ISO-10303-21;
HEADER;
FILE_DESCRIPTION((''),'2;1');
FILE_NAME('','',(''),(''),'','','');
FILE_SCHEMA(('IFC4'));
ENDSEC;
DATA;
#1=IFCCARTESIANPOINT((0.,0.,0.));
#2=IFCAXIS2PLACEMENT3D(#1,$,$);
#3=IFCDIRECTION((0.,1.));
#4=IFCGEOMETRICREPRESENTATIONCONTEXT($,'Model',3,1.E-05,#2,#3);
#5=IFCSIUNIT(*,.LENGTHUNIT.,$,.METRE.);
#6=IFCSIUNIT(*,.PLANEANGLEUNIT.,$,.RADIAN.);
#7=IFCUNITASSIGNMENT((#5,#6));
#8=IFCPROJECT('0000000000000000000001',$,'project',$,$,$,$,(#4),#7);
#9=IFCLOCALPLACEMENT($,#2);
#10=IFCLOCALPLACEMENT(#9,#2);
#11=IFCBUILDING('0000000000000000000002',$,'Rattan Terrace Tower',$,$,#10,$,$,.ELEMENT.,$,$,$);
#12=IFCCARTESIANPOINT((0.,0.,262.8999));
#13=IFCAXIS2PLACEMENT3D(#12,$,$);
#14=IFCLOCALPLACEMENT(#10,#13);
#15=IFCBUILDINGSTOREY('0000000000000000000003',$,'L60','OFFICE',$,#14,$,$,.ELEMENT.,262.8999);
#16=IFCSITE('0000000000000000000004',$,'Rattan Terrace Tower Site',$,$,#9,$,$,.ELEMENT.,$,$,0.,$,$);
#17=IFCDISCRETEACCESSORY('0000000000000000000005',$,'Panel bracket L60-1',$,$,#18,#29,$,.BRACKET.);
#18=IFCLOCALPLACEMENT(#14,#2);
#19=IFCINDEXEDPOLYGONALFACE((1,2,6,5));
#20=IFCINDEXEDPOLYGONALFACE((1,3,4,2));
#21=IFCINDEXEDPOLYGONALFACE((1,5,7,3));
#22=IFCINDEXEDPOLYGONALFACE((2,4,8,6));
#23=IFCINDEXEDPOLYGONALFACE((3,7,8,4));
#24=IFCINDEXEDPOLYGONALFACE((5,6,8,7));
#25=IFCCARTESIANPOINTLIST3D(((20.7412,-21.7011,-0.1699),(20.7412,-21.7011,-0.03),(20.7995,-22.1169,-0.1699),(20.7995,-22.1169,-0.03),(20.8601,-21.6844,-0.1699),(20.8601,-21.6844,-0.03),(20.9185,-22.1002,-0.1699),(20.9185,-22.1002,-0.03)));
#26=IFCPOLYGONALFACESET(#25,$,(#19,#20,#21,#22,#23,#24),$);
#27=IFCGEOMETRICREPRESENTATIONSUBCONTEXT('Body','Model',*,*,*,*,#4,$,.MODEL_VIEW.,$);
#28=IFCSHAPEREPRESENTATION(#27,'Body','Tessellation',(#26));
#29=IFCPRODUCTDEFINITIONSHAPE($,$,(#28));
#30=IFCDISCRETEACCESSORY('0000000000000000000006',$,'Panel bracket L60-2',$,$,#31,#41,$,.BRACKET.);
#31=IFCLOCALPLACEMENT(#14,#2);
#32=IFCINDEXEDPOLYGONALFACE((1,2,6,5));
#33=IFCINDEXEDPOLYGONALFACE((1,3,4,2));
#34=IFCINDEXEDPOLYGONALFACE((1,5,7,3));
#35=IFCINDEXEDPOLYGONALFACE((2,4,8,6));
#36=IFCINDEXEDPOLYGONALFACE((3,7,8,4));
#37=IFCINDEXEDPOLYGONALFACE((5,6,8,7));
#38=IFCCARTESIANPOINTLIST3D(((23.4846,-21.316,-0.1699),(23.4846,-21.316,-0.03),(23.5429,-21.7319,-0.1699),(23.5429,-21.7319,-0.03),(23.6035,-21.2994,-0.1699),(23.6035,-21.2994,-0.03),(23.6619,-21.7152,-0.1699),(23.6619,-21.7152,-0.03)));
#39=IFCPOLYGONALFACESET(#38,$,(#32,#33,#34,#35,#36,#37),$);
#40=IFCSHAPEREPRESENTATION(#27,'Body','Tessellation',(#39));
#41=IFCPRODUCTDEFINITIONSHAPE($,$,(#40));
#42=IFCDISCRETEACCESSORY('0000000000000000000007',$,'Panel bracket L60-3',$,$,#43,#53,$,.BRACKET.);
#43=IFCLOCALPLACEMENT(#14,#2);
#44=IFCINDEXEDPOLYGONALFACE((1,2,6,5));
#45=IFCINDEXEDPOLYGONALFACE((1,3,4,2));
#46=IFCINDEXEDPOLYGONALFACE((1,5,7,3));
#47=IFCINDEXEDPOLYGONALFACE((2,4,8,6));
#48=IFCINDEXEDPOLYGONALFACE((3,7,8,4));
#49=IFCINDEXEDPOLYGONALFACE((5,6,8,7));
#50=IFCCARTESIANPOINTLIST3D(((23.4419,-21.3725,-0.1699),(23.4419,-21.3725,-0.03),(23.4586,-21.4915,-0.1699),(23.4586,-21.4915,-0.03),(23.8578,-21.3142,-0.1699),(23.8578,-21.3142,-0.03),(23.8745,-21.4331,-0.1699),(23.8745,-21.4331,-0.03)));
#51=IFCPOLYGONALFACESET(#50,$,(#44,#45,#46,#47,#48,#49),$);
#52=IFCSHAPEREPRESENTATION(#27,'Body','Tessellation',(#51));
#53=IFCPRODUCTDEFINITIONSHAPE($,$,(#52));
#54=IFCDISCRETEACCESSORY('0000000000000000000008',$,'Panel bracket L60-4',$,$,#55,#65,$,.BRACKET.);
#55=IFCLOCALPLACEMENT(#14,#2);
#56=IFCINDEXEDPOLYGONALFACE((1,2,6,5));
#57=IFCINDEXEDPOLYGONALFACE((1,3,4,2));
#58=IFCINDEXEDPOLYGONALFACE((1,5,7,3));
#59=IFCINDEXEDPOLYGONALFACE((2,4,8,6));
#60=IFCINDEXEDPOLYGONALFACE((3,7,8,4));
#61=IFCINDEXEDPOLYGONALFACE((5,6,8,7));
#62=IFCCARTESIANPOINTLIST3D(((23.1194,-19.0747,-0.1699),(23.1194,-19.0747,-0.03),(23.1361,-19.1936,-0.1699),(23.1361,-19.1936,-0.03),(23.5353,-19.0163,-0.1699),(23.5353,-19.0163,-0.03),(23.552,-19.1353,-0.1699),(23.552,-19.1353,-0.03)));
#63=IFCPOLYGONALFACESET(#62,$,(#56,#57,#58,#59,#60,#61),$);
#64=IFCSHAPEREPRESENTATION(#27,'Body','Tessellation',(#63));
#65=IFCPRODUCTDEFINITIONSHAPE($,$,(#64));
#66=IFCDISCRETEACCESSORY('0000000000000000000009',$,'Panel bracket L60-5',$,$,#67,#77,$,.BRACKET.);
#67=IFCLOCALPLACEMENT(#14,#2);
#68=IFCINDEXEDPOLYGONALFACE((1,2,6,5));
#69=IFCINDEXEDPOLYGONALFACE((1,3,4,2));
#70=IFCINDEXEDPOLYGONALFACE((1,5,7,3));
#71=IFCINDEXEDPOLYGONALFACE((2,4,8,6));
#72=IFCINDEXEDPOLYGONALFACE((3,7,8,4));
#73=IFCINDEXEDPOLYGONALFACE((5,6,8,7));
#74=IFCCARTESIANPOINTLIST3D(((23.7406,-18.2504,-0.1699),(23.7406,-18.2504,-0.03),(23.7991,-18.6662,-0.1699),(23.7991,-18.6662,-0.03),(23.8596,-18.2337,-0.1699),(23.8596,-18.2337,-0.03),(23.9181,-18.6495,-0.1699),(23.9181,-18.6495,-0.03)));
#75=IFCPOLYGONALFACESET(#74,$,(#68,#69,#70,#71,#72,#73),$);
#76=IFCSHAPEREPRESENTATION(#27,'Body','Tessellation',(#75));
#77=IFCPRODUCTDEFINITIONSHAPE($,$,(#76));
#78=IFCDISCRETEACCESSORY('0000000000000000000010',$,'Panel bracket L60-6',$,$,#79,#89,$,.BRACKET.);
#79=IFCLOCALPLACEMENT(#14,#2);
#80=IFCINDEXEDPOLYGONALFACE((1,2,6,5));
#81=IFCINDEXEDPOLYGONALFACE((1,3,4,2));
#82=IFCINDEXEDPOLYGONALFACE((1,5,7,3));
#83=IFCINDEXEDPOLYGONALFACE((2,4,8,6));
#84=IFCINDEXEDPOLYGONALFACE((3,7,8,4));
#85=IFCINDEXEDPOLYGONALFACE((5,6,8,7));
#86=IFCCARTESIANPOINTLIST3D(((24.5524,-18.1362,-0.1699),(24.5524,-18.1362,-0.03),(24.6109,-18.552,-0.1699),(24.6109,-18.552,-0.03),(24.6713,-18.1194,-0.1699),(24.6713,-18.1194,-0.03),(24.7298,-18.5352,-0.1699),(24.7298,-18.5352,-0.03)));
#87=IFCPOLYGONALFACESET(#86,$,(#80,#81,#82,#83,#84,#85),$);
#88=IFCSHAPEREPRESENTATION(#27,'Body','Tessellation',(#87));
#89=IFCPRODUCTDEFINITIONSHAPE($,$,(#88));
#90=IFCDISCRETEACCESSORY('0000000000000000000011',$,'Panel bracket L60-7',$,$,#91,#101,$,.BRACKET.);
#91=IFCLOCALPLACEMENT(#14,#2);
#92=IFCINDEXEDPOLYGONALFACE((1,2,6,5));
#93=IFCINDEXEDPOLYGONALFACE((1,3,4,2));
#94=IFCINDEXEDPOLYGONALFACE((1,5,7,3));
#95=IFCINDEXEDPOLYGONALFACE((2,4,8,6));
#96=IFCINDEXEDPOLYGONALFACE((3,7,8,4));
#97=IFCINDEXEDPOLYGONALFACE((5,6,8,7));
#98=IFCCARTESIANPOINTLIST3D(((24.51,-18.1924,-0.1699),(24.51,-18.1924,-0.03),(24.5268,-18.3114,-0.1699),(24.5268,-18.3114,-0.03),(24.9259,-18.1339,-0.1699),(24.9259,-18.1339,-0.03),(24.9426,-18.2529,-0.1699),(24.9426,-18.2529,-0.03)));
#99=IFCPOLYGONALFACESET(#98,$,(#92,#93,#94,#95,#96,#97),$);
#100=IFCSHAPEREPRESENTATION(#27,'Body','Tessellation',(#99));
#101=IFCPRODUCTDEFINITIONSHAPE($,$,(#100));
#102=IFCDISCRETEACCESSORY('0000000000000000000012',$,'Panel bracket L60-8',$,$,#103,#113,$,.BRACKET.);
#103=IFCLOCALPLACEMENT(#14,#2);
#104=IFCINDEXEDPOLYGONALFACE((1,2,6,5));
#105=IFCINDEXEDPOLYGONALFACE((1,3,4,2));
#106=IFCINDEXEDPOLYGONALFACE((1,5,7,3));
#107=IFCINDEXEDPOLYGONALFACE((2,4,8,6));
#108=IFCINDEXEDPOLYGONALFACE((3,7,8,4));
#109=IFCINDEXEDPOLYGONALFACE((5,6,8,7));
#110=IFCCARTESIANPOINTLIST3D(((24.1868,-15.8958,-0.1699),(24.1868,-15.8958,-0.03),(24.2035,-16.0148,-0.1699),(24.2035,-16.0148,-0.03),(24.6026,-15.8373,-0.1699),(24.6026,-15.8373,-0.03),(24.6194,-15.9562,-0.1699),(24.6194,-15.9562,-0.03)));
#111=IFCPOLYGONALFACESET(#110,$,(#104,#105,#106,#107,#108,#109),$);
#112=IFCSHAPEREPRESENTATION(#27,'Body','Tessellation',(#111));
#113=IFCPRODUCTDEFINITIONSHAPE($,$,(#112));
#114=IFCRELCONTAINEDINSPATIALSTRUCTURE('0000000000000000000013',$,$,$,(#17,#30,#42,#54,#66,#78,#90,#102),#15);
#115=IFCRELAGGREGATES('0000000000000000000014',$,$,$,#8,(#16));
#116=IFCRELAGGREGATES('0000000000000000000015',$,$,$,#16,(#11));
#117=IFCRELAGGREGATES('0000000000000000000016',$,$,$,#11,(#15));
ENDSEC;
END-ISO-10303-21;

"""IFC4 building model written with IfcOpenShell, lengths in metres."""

from ifc_helpers import new_model, si_unit, direction, frame, origin, origin_2d, place, context, subcontext, project, spatial, rectangle, extrude, element, save


model = new_model("IFC4")

# Units and contexts
model_context = context("Model", 3, precision=1e-05, world=origin(), true_north=direction((0.0, 1.0)))
body_context = subcontext(model_context, "Body", "Model", "MODEL_VIEW")
ifc_project = project(units=[si_unit("LENGTHUNIT", "METRE"), si_unit("PLANEANGLEUNIT", "RADIAN")], contexts=[model_context])

# Site, building, storey
site_placement = place(None, origin())
site = spatial("IfcSite", under=ifc_project, at=site_placement, Name="Rattan Terrace Tower Site", CompositionType="ELEMENT", RefElevation=0.0)
building_placement = place(site_placement, origin())
building = spatial("IfcBuilding", under=site, at=building_placement, Name="Rattan Terrace Tower", CompositionType="ELEMENT")
storey_placement = place(building_placement, frame((0.0, 0.0, 262.8999)))
storey = spatial("IfcBuildingStorey", under=building, at=storey_placement, Name="L60", Description="OFFICE", CompositionType="ELEMENT", Elevation=262.8999)

# Discrete accessories
for number, where, z_axis, x_axis, name in (
    (1, (20.8298, -21.9006, -0.1699), (0.0, 0.0, 1.0), (0.990293, 0.138994, 0.0), "Panel bracket L60-1"),
    (2, (23.5732, -21.5156, -0.1699), (0.0, 0.0, 1.0), (0.990293, 0.138994, 0.0), "Panel bracket L60-2"),
    (3, (23.6582, -21.4028, -0.1699), (0.0, 0.0, 1.0), (-0.138994, 0.990293, 0.0), "Panel bracket L60-3"),
    (4, (23.3357, -19.105, -0.1699), (0.0, 0.0, 1.0), (-0.138994, 0.990293, 0.0), "Panel bracket L60-4"),
    (5, (23.8293, -18.45, -0.1699), (0.0, 0.0, 1.0), (0.990241, 0.139367, 0.0), "Panel bracket L60-5"),
    (6, (24.6411, -18.3357, -0.1699), (0.0, 0.0, 1.0), (0.990241, 0.139367, 0.0), "Panel bracket L60-6"),
    (7, (24.7263, -18.2227, -0.1699), (0.0, 0.0, 1.0), (-0.139367, 0.990241, 0.0), "Panel bracket L60-7"),
    (8, (24.4031, -15.926, -0.1699), (0.0, 0.0, 1.0), (-0.139367, 0.990241, 0.0), "Panel bracket L60-8"),
):
    element("IfcDiscreteAccessory", number, at=place(storey_placement, frame(where, z_axis=z_axis, x_axis=x_axis)), inside=storey, Name=name, PredefinedType="BRACKET", context=body_context, shape_type="SweptSolid", body=[
        extrude(rectangle(XDim=0.1201, YDim=0.4199, at=origin_2d()), origin(), (0.0, 0.0, 1.0), 0.1399),
    ])

save(model, "model.ifc")
